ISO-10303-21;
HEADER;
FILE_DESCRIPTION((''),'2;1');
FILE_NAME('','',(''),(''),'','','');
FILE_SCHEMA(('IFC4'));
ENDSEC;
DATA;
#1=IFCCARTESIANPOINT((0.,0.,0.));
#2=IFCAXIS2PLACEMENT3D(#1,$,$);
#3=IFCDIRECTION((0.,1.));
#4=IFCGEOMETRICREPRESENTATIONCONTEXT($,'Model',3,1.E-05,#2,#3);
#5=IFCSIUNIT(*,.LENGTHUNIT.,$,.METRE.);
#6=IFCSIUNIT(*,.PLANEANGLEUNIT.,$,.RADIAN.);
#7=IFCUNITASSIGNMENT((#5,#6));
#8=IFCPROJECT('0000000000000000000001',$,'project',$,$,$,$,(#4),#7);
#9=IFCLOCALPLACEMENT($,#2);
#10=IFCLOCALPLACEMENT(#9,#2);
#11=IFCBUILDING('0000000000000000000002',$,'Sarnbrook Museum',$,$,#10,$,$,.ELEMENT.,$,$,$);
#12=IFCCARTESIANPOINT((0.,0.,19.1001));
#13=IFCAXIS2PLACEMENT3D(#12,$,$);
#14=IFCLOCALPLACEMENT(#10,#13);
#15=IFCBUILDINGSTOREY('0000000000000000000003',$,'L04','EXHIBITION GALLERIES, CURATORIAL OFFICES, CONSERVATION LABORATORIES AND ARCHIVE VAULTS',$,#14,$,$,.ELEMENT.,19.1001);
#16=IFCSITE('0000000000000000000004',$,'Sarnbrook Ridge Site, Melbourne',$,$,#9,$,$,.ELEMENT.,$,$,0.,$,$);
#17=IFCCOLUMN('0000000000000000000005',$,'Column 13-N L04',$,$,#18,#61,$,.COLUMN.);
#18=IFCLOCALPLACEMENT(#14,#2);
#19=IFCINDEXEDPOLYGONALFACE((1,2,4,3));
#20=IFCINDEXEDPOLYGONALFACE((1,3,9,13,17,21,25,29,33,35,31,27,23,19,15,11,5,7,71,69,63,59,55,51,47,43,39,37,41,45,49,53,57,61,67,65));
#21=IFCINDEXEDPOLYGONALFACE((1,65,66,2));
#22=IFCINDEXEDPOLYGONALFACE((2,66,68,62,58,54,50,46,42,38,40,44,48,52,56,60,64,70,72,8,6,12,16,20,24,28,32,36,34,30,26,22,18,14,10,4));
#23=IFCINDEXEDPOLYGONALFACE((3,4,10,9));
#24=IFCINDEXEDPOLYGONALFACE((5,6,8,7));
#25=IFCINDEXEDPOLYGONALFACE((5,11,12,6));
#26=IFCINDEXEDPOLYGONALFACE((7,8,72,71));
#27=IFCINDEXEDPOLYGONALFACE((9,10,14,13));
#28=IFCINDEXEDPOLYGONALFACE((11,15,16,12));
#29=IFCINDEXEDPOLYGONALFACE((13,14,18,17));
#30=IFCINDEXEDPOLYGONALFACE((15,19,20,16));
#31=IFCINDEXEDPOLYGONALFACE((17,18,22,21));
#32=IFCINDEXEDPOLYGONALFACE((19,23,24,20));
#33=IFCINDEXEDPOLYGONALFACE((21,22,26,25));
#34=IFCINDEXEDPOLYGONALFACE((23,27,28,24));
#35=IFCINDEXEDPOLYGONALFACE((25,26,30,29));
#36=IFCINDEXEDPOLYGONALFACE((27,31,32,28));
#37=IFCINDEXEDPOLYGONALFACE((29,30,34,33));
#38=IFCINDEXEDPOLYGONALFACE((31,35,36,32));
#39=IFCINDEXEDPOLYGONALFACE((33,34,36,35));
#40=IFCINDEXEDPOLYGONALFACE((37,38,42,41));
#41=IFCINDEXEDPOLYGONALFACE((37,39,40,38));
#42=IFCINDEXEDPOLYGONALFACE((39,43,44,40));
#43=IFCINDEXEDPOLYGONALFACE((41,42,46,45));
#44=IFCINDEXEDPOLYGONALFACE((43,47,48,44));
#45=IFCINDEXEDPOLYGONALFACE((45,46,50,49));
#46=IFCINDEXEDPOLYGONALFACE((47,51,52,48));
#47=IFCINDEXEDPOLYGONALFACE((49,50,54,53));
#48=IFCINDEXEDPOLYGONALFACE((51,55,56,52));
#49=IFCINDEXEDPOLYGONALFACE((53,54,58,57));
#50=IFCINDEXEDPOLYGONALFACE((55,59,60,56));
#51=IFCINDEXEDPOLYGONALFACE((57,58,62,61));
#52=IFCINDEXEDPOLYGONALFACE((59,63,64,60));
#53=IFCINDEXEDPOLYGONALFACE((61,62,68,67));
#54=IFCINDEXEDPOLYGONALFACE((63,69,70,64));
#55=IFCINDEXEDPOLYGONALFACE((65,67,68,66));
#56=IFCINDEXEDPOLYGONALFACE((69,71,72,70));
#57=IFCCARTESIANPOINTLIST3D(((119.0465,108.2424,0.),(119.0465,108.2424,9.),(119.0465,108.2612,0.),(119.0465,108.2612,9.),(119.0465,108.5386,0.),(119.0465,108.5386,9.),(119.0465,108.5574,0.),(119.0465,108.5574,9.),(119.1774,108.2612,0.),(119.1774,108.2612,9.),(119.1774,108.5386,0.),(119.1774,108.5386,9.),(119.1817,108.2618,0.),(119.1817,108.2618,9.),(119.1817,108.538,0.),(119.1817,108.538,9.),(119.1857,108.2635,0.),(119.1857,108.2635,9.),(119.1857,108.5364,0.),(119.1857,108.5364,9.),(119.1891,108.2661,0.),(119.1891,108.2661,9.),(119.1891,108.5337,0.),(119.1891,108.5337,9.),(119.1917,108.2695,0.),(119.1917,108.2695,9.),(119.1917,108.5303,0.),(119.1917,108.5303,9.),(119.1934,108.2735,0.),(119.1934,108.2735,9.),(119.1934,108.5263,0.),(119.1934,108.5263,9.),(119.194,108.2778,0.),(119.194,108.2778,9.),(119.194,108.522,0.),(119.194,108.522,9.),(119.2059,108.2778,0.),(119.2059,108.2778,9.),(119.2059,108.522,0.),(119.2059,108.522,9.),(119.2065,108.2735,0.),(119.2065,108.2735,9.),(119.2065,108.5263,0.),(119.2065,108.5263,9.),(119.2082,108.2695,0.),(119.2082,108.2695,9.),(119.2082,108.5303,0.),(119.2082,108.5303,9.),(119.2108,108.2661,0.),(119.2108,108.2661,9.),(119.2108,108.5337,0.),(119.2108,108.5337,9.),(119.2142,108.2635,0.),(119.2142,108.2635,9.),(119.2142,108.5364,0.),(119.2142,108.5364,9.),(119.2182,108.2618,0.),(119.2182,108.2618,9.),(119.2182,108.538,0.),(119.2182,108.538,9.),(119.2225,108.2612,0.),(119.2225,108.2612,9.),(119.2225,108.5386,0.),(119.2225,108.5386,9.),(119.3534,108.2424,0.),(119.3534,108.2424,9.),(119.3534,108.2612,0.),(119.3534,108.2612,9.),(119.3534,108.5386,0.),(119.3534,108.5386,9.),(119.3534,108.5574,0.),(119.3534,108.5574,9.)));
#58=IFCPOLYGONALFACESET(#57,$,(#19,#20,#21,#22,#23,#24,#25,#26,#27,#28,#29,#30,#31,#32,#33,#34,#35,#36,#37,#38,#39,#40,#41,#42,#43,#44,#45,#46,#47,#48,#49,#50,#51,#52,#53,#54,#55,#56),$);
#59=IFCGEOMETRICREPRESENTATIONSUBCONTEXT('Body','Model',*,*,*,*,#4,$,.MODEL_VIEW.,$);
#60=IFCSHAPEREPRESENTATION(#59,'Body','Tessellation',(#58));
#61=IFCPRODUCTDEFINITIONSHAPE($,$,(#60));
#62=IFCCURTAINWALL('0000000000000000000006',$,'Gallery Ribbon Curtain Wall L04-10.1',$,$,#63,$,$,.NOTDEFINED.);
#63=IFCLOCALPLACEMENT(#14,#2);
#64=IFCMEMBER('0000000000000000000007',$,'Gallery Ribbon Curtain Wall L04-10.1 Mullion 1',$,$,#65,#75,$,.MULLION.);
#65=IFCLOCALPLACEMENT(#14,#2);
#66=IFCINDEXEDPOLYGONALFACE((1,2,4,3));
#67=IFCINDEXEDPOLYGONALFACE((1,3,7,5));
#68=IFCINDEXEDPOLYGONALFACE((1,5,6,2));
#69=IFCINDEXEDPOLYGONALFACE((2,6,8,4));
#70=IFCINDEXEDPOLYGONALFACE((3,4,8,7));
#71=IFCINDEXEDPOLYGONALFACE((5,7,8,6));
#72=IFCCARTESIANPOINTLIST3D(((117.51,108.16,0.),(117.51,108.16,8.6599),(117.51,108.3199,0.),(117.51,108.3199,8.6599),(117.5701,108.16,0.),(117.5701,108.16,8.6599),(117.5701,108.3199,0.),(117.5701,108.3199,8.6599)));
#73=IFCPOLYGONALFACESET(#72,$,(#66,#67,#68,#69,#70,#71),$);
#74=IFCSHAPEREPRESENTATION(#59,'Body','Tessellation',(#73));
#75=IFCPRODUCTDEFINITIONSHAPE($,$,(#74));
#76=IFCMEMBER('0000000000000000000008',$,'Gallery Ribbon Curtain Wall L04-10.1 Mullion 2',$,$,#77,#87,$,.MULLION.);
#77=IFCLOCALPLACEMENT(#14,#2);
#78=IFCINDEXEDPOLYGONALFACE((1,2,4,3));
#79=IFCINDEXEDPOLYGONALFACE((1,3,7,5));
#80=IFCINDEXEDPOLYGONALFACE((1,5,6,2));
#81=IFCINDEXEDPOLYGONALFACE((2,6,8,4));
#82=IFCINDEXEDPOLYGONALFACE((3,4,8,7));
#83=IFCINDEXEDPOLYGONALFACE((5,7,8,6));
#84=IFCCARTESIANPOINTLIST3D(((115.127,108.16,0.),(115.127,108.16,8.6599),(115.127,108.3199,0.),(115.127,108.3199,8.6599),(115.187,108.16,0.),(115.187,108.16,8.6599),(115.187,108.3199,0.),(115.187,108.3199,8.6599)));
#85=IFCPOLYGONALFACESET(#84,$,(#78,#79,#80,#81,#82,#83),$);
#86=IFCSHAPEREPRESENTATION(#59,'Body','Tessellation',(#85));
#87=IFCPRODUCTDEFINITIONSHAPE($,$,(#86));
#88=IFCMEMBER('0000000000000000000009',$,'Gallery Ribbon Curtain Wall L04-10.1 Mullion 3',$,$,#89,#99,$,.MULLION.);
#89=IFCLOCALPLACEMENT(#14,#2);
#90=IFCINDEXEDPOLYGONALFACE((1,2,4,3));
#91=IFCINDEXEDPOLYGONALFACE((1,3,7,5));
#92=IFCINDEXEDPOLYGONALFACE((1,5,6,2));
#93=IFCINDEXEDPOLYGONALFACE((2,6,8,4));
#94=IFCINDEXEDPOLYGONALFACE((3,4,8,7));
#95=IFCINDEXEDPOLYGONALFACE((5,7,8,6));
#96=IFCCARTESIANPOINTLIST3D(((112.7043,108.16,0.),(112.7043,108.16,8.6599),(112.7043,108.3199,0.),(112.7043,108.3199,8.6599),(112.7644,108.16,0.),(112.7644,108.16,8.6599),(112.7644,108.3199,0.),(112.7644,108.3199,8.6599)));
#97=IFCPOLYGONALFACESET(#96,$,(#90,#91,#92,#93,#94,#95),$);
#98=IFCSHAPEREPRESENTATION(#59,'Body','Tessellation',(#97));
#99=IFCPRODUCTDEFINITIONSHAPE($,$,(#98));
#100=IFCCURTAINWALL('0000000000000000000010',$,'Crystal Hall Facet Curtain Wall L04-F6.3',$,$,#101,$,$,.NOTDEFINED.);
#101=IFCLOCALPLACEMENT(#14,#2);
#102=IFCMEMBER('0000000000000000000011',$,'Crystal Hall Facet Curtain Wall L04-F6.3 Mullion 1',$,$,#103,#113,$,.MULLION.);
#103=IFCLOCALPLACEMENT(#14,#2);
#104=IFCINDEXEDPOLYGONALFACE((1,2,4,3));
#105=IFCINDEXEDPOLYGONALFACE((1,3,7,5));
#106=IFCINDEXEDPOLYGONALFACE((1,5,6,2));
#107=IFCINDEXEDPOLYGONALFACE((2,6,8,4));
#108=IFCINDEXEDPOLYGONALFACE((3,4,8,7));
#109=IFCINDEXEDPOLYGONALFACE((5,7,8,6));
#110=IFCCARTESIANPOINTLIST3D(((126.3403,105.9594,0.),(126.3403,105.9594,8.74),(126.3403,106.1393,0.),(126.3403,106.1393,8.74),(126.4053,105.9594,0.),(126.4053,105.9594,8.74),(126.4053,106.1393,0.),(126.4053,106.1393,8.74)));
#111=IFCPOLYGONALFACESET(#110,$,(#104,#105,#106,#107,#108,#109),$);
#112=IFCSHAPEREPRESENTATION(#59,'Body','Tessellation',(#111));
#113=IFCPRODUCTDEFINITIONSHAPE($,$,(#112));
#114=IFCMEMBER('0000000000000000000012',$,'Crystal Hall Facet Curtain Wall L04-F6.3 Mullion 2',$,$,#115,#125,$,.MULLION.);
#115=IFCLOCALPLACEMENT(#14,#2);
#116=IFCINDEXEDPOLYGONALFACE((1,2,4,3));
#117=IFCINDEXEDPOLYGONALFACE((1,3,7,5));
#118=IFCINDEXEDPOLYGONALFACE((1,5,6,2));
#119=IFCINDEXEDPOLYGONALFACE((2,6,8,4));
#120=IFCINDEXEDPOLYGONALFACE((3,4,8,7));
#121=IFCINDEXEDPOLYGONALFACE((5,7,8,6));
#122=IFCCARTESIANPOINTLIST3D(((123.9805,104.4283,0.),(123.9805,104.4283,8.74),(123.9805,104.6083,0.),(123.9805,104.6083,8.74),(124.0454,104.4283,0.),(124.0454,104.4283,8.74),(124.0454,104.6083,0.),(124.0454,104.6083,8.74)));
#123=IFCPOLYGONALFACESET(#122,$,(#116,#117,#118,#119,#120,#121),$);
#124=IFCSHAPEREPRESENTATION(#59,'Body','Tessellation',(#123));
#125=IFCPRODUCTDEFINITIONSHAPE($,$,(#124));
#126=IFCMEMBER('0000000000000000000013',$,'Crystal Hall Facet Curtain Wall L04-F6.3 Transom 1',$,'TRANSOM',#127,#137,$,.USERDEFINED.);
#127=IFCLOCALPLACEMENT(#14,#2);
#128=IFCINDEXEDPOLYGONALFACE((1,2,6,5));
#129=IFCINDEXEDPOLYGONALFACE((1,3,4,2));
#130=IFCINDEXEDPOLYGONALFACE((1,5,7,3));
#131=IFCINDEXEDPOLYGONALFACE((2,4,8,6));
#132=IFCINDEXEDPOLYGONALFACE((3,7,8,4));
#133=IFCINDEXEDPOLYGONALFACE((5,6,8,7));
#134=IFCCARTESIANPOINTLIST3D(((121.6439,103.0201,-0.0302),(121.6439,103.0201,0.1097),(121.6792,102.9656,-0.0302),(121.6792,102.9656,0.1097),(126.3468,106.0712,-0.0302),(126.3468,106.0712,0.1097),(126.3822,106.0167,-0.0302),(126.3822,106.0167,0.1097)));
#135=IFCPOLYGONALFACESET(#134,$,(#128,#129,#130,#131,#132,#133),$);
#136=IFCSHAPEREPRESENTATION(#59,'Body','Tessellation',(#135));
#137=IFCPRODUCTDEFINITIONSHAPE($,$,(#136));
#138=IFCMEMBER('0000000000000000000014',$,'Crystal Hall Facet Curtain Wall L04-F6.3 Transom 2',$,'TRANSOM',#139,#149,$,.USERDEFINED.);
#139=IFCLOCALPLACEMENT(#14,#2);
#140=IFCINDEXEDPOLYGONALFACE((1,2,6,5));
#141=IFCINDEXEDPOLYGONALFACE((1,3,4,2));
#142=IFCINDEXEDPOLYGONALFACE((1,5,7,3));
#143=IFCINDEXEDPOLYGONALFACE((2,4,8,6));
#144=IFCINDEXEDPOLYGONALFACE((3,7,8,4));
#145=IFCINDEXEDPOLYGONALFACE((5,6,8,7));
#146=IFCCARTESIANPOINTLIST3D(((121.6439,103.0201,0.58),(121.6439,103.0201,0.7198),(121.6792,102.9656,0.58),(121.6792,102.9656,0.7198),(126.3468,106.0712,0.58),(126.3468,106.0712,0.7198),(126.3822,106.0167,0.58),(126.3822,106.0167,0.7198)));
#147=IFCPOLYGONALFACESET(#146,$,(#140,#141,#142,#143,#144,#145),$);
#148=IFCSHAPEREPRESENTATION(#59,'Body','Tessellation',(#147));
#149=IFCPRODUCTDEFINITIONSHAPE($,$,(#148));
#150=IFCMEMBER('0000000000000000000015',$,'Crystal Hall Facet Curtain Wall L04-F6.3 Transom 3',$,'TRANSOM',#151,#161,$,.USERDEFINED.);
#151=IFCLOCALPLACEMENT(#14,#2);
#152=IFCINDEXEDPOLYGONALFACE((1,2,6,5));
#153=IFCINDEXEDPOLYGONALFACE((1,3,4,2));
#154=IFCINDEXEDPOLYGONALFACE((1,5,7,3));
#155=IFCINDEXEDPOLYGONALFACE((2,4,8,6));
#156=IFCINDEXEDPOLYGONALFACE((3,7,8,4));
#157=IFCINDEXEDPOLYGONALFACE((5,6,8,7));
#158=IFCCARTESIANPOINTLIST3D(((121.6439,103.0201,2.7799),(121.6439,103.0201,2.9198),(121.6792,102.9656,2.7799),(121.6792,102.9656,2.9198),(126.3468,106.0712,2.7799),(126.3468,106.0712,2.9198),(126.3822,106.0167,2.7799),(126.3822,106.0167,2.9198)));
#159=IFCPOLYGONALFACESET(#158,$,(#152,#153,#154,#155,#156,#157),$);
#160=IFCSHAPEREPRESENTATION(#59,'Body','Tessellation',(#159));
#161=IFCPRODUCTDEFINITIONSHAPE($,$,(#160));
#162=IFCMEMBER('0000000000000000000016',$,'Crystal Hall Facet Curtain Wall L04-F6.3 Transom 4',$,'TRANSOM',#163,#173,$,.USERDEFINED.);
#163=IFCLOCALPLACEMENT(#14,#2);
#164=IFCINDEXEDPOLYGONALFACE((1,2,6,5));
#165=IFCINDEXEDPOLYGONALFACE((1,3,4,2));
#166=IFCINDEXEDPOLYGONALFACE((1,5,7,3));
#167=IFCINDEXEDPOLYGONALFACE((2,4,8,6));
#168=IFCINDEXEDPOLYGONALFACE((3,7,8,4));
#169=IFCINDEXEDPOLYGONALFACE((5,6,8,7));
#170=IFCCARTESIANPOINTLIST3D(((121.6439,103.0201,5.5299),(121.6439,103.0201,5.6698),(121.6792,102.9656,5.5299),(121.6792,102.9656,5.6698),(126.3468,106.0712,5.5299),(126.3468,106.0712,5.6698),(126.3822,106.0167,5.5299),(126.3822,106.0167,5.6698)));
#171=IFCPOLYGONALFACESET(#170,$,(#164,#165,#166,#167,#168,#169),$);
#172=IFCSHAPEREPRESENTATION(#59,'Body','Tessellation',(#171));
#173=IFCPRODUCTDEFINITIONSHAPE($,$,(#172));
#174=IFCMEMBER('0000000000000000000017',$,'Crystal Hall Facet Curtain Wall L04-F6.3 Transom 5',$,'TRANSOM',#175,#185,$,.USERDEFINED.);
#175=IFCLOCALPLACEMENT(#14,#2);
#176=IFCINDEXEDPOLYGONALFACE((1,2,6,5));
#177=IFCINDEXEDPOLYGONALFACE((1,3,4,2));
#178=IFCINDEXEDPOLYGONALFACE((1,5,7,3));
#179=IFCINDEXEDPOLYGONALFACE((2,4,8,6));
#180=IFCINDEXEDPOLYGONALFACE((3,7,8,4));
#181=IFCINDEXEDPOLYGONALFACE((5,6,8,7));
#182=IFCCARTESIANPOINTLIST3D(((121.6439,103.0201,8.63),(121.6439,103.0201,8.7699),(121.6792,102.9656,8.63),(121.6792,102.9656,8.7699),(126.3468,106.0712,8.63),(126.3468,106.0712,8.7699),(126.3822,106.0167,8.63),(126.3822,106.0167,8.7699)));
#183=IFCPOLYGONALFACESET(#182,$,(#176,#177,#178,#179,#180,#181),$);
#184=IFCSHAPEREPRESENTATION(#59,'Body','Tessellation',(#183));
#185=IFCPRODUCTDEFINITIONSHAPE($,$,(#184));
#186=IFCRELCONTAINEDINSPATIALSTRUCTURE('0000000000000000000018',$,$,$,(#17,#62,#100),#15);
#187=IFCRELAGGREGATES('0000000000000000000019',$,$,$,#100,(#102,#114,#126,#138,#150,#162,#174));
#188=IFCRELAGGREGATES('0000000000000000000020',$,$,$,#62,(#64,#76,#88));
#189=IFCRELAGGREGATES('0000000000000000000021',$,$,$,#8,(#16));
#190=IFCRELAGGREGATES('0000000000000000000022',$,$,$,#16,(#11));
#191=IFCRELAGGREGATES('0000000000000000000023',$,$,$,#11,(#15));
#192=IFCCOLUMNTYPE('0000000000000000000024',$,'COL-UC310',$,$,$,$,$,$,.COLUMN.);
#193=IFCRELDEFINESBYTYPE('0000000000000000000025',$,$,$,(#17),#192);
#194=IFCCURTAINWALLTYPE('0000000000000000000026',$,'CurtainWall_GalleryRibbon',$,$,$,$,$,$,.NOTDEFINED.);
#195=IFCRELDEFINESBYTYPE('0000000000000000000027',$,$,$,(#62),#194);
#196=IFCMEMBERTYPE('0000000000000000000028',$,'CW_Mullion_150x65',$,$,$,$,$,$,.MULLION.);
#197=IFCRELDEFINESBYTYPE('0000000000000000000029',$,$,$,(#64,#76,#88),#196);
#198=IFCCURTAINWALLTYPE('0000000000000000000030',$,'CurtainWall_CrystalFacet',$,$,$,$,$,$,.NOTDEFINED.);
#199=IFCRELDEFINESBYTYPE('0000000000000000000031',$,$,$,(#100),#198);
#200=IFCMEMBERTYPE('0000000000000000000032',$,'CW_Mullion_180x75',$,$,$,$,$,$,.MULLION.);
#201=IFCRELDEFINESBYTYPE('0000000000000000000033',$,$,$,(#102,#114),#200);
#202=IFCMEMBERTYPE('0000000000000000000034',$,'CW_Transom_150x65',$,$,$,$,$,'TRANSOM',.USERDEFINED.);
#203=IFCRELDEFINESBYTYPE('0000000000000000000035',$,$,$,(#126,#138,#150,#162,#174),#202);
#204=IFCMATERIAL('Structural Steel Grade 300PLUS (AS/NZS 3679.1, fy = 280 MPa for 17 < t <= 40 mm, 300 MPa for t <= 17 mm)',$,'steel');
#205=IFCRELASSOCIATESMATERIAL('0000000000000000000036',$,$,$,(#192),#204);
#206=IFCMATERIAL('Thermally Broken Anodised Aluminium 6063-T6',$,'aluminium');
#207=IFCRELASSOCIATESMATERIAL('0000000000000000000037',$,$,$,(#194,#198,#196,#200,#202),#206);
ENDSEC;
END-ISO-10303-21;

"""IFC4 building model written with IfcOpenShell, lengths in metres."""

from ifc_helpers import new_model, si_unit, direction, frame, origin, origin_2d, place, context, subcontext, project, spatial, rectangle, i_section, extrude, material, material_profile, profile_set, type_object, element, aggregate, save


model = new_model("IFC4")

# Units and contexts
model_context = context("Model", 3, precision=1e-05, world=origin(), true_north=direction((0.0, 1.0)))
body_context = subcontext(model_context, "Body", "Model", "MODEL_VIEW")
ifc_project = project(units=[si_unit("LENGTHUNIT", "METRE"), si_unit("PLANEANGLEUNIT", "RADIAN")], contexts=[model_context])

# Site, building, storey
site_placement = place(None, origin())
site = spatial("IfcSite", under=ifc_project, at=site_placement, Name="Sarnbrook Ridge Site, Melbourne", CompositionType="ELEMENT", RefElevation=0.0)
building_placement = place(site_placement, origin())
building = spatial("IfcBuilding", under=site, at=building_placement, Name="Sarnbrook Museum", CompositionType="ELEMENT")
storey_placement = place(building_placement, frame((0.0, 0.0, 19.1001)))
storey = spatial("IfcBuildingStorey", under=building, at=storey_placement, Name="L04", Description="EXHIBITION GALLERIES, CURATORIAL OFFICES, CONSERVATION LABORATORIES AND ARCHIVE VAULTS", CompositionType="ELEMENT", Elevation=19.1001)

# Column
ifc_material_1 = material(Name="Structural Steel Grade 300PLUS (AS/NZS 3679.1, fy = 280 MPa for 17 < t <= 40 mm, 300 MPa for t <= 17 mm)", Category="steel")
ifc_material_profile_1 = material_profile(ifc_material_1, i_section(OverallWidth=0.3069, OverallDepth=0.3149, WebThickness=0.012, FlangeThickness=0.0188, FilletRadius=0.0166, at=origin_2d()), Name="310UC118")
ifc_profile_set_1 = profile_set([ifc_material_profile_1], Name="Structural Steel Grade 300PLUS (AS/NZS 3679.1, fy = 280 MPa for 17 < t <= 40 mm, 300 MPa for t <= 17 mm)")
column_type = type_object("IfcColumnType", Name="COL-UC310", PredefinedType="COLUMN", material=ifc_profile_set_1)
column_placement = place(storey_placement, frame((119.2, 108.3999, 0.0), z_axis=(0.0, 0.0, 1.0), x_axis=(1.0, 0.0, 0.0)))
element("IfcColumn", 1, at=column_placement, inside=storey, type_object=column_type, Name="Column 13-N L04", PredefinedType="COLUMN", context=body_context, shape_type="SweptSolid", body=[
    extrude(i_section(OverallWidth=0.3069, OverallDepth=0.3149, WebThickness=0.012, FlangeThickness=0.0188, FilletRadius=0.0166, at=origin_2d()), origin(), (0.0, 0.0, 1.0), 9.0),
])

# Curtain walls, members
ifc_material_2 = material(Name="Thermally Broken Anodised Aluminium 6063-T6", Category="aluminium")
curtain_wall_type_1 = type_object("IfcCurtainWallType", Name="CurtainWall_GalleryRibbon", PredefinedType="NOTDEFINED", material=ifc_material_2)
curtain_wall_1_placement = place(storey_placement, origin())
curtain_wall_1 = element("IfcCurtainWall", 2, at=curtain_wall_1_placement, inside=storey, type_object=curtain_wall_type_1, Name="Gallery Ribbon Curtain Wall L04-10.1", PredefinedType="NOTDEFINED")
ifc_material_profile_2 = material_profile(ifc_material_2, rectangle(XDim=0.0601, YDim=0.1599, at=origin_2d()), Name="ALU MULLION 60x160")
ifc_profile_set_2 = profile_set([ifc_material_profile_2], Name="Thermally Broken Anodised Aluminium 6063-T6")
member_type_1 = type_object("IfcMemberType", Name="CW_Mullion_150x65", PredefinedType="MULLION", material=ifc_profile_set_2)
member_1_placement = place(storey_placement, frame((117.54, 108.24, 0.0), z_axis=(0.0, 0.0, 1.0), x_axis=(1.0, 0.0, 0.0)))
member_1 = element("IfcMember", 3, at=member_1_placement, type_object=member_type_1, Name="Gallery Ribbon Curtain Wall L04-10.1 Mullion 1", PredefinedType="MULLION", context=body_context, shape_type="SweptSolid", body=[
    extrude(rectangle(XDim=0.0601, YDim=0.1599, at=origin_2d()), origin(), (0.0, 0.0, 1.0), 8.6599),
])
member_2_placement = place(storey_placement, frame((115.157, 108.24, 0.0), z_axis=(0.0, 0.0, 1.0), x_axis=(1.0, 0.0, 0.0)))
member_2 = element("IfcMember", 4, at=member_2_placement, type_object=member_type_1, Name="Gallery Ribbon Curtain Wall L04-10.1 Mullion 2", PredefinedType="MULLION", context=body_context, shape_type="SweptSolid", body=[
    extrude(rectangle(XDim=0.0601, YDim=0.1599, at=origin_2d()), origin(), (0.0, 0.0, 1.0), 8.6599),
])
member_3_placement = place(storey_placement, frame((112.7344, 108.24, 0.0), z_axis=(0.0, 0.0, 1.0), x_axis=(1.0, 0.0, 0.0)))
member_3 = element("IfcMember", 5, at=member_3_placement, type_object=member_type_1, Name="Gallery Ribbon Curtain Wall L04-10.1 Mullion 3", PredefinedType="MULLION", context=body_context, shape_type="SweptSolid", body=[
    extrude(rectangle(XDim=0.0601, YDim=0.1599, at=origin_2d()), origin(), (0.0, 0.0, 1.0), 8.6599),
])
curtain_wall_type_2 = type_object("IfcCurtainWallType", Name="CurtainWall_CrystalFacet", PredefinedType="NOTDEFINED", material=ifc_material_2)
curtain_wall_2_placement = place(storey_placement, origin())
curtain_wall_2 = element("IfcCurtainWall", 6, at=curtain_wall_2_placement, inside=storey, type_object=curtain_wall_type_2, Name="Crystal Hall Facet Curtain Wall L04-F6.3", PredefinedType="NOTDEFINED")
ifc_material_profile_3 = material_profile(ifc_material_2, rectangle(XDim=0.0649, YDim=0.1799, at=origin_2d()), Name="ALU MULLION 65x180")
ifc_profile_set_3 = profile_set([ifc_material_profile_3], Name="Thermally Broken Anodised Aluminium 6063-T6")
member_type_2 = type_object("IfcMemberType", Name="CW_Mullion_180x75", PredefinedType="MULLION", material=ifc_profile_set_3)
member_4_placement = place(storey_placement, frame((126.3728, 106.0493, 0.0), z_axis=(0.0, 0.0, 1.0), x_axis=(1.0, 0.0, 0.0)))
member_4 = element("IfcMember", 7, at=member_4_placement, type_object=member_type_2, Name="Crystal Hall Facet Curtain Wall L04-F6.3 Mullion 1", PredefinedType="MULLION", context=body_context, shape_type="SweptSolid", body=[
    extrude(rectangle(XDim=0.0649, YDim=0.1799, at=origin_2d()), origin(), (0.0, 0.0, 1.0), 8.74),
])
member_5_placement = place(storey_placement, frame((124.0129, 104.5183, 0.0), z_axis=(0.0, 0.0, 1.0), x_axis=(1.0, 0.0, 0.0)))
member_5 = element("IfcMember", 8, at=member_5_placement, type_object=member_type_2, Name="Crystal Hall Facet Curtain Wall L04-F6.3 Mullion 2", PredefinedType="MULLION", context=body_context, shape_type="SweptSolid", body=[
    extrude(rectangle(XDim=0.0649, YDim=0.1799, at=origin_2d()), origin(), (0.0, 0.0, 1.0), 8.74),
])
ifc_material_profile_4 = material_profile(ifc_material_2, rectangle(XDim=0.0649, YDim=0.1399, at=origin_2d()), Name="ALU TRANSOM 65x140")
ifc_profile_set_4 = profile_set([ifc_material_profile_4], Name="Thermally Broken Anodised Aluminium 6063-T6")
member_type_3 = type_object("IfcMemberType", Name="CW_Transom_150x65", ElementType="TRANSOM", PredefinedType="USERDEFINED", material=ifc_profile_set_4)
member_6_placement = place(storey_placement, frame((126.3645, 106.0439, 0.0398), z_axis=(-0.83892, -0.544255, 0.0), x_axis=(0.544255, -0.83892, 0.0)))
member_6 = element("IfcMember", 9, at=member_6_placement, type_object=member_type_3, Name="Crystal Hall Facet Curtain Wall L04-F6.3 Transom 1", ObjectType="TRANSOM", PredefinedType="USERDEFINED", context=body_context, shape_type="SweptSolid", body=[
    extrude(rectangle(XDim=0.0649, YDim=0.1399, at=origin_2d()), origin(), (0.0, 0.0, 1.0), 5.606),
])
member_7_placement = place(storey_placement, frame((126.3645, 106.0439, 0.6499), z_axis=(-0.83892, -0.544255, 0.0), x_axis=(0.544255, -0.83892, 0.0)))
member_7 = element("IfcMember", 10, at=member_7_placement, type_object=member_type_3, Name="Crystal Hall Facet Curtain Wall L04-F6.3 Transom 2", ObjectType="TRANSOM", PredefinedType="USERDEFINED", context=body_context, shape_type="SweptSolid", body=[
    extrude(rectangle(XDim=0.0649, YDim=0.1399, at=origin_2d()), origin(), (0.0, 0.0, 1.0), 5.606),
])
member_8_placement = place(storey_placement, frame((126.3645, 106.0439, 2.8499), z_axis=(-0.83892, -0.544255, 0.0), x_axis=(0.544255, -0.83892, 0.0)))
member_8 = element("IfcMember", 11, at=member_8_placement, type_object=member_type_3, Name="Crystal Hall Facet Curtain Wall L04-F6.3 Transom 3", ObjectType="TRANSOM", PredefinedType="USERDEFINED", context=body_context, shape_type="SweptSolid", body=[
    extrude(rectangle(XDim=0.0649, YDim=0.1399, at=origin_2d()), origin(), (0.0, 0.0, 1.0), 5.606),
])
member_9_placement = place(storey_placement, frame((126.3645, 106.0439, 5.5999), z_axis=(-0.83892, -0.544255, 0.0), x_axis=(0.544255, -0.83892, 0.0)))
member_9 = element("IfcMember", 12, at=member_9_placement, type_object=member_type_3, Name="Crystal Hall Facet Curtain Wall L04-F6.3 Transom 4", ObjectType="TRANSOM", PredefinedType="USERDEFINED", context=body_context, shape_type="SweptSolid", body=[
    extrude(rectangle(XDim=0.0649, YDim=0.1399, at=origin_2d()), origin(), (0.0, 0.0, 1.0), 5.606),
])
member_10_placement = place(storey_placement, frame((126.3645, 106.0439, 8.7), z_axis=(-0.83892, -0.544255, 0.0), x_axis=(0.544255, -0.83892, 0.0)))
member_10 = element("IfcMember", 13, at=member_10_placement, type_object=member_type_3, Name="Crystal Hall Facet Curtain Wall L04-F6.3 Transom 5", ObjectType="TRANSOM", PredefinedType="USERDEFINED", context=body_context, shape_type="SweptSolid", body=[
    extrude(rectangle(XDim=0.0649, YDim=0.1399, at=origin_2d()), origin(), (0.0, 0.0, 1.0), 5.606),
])

aggregate(curtain_wall_2, [member_4, member_5, member_6, member_7, member_8, member_9, member_10])
aggregate(curtain_wall_1, [member_1, member_2, member_3])

save(model, "model.ifc")
